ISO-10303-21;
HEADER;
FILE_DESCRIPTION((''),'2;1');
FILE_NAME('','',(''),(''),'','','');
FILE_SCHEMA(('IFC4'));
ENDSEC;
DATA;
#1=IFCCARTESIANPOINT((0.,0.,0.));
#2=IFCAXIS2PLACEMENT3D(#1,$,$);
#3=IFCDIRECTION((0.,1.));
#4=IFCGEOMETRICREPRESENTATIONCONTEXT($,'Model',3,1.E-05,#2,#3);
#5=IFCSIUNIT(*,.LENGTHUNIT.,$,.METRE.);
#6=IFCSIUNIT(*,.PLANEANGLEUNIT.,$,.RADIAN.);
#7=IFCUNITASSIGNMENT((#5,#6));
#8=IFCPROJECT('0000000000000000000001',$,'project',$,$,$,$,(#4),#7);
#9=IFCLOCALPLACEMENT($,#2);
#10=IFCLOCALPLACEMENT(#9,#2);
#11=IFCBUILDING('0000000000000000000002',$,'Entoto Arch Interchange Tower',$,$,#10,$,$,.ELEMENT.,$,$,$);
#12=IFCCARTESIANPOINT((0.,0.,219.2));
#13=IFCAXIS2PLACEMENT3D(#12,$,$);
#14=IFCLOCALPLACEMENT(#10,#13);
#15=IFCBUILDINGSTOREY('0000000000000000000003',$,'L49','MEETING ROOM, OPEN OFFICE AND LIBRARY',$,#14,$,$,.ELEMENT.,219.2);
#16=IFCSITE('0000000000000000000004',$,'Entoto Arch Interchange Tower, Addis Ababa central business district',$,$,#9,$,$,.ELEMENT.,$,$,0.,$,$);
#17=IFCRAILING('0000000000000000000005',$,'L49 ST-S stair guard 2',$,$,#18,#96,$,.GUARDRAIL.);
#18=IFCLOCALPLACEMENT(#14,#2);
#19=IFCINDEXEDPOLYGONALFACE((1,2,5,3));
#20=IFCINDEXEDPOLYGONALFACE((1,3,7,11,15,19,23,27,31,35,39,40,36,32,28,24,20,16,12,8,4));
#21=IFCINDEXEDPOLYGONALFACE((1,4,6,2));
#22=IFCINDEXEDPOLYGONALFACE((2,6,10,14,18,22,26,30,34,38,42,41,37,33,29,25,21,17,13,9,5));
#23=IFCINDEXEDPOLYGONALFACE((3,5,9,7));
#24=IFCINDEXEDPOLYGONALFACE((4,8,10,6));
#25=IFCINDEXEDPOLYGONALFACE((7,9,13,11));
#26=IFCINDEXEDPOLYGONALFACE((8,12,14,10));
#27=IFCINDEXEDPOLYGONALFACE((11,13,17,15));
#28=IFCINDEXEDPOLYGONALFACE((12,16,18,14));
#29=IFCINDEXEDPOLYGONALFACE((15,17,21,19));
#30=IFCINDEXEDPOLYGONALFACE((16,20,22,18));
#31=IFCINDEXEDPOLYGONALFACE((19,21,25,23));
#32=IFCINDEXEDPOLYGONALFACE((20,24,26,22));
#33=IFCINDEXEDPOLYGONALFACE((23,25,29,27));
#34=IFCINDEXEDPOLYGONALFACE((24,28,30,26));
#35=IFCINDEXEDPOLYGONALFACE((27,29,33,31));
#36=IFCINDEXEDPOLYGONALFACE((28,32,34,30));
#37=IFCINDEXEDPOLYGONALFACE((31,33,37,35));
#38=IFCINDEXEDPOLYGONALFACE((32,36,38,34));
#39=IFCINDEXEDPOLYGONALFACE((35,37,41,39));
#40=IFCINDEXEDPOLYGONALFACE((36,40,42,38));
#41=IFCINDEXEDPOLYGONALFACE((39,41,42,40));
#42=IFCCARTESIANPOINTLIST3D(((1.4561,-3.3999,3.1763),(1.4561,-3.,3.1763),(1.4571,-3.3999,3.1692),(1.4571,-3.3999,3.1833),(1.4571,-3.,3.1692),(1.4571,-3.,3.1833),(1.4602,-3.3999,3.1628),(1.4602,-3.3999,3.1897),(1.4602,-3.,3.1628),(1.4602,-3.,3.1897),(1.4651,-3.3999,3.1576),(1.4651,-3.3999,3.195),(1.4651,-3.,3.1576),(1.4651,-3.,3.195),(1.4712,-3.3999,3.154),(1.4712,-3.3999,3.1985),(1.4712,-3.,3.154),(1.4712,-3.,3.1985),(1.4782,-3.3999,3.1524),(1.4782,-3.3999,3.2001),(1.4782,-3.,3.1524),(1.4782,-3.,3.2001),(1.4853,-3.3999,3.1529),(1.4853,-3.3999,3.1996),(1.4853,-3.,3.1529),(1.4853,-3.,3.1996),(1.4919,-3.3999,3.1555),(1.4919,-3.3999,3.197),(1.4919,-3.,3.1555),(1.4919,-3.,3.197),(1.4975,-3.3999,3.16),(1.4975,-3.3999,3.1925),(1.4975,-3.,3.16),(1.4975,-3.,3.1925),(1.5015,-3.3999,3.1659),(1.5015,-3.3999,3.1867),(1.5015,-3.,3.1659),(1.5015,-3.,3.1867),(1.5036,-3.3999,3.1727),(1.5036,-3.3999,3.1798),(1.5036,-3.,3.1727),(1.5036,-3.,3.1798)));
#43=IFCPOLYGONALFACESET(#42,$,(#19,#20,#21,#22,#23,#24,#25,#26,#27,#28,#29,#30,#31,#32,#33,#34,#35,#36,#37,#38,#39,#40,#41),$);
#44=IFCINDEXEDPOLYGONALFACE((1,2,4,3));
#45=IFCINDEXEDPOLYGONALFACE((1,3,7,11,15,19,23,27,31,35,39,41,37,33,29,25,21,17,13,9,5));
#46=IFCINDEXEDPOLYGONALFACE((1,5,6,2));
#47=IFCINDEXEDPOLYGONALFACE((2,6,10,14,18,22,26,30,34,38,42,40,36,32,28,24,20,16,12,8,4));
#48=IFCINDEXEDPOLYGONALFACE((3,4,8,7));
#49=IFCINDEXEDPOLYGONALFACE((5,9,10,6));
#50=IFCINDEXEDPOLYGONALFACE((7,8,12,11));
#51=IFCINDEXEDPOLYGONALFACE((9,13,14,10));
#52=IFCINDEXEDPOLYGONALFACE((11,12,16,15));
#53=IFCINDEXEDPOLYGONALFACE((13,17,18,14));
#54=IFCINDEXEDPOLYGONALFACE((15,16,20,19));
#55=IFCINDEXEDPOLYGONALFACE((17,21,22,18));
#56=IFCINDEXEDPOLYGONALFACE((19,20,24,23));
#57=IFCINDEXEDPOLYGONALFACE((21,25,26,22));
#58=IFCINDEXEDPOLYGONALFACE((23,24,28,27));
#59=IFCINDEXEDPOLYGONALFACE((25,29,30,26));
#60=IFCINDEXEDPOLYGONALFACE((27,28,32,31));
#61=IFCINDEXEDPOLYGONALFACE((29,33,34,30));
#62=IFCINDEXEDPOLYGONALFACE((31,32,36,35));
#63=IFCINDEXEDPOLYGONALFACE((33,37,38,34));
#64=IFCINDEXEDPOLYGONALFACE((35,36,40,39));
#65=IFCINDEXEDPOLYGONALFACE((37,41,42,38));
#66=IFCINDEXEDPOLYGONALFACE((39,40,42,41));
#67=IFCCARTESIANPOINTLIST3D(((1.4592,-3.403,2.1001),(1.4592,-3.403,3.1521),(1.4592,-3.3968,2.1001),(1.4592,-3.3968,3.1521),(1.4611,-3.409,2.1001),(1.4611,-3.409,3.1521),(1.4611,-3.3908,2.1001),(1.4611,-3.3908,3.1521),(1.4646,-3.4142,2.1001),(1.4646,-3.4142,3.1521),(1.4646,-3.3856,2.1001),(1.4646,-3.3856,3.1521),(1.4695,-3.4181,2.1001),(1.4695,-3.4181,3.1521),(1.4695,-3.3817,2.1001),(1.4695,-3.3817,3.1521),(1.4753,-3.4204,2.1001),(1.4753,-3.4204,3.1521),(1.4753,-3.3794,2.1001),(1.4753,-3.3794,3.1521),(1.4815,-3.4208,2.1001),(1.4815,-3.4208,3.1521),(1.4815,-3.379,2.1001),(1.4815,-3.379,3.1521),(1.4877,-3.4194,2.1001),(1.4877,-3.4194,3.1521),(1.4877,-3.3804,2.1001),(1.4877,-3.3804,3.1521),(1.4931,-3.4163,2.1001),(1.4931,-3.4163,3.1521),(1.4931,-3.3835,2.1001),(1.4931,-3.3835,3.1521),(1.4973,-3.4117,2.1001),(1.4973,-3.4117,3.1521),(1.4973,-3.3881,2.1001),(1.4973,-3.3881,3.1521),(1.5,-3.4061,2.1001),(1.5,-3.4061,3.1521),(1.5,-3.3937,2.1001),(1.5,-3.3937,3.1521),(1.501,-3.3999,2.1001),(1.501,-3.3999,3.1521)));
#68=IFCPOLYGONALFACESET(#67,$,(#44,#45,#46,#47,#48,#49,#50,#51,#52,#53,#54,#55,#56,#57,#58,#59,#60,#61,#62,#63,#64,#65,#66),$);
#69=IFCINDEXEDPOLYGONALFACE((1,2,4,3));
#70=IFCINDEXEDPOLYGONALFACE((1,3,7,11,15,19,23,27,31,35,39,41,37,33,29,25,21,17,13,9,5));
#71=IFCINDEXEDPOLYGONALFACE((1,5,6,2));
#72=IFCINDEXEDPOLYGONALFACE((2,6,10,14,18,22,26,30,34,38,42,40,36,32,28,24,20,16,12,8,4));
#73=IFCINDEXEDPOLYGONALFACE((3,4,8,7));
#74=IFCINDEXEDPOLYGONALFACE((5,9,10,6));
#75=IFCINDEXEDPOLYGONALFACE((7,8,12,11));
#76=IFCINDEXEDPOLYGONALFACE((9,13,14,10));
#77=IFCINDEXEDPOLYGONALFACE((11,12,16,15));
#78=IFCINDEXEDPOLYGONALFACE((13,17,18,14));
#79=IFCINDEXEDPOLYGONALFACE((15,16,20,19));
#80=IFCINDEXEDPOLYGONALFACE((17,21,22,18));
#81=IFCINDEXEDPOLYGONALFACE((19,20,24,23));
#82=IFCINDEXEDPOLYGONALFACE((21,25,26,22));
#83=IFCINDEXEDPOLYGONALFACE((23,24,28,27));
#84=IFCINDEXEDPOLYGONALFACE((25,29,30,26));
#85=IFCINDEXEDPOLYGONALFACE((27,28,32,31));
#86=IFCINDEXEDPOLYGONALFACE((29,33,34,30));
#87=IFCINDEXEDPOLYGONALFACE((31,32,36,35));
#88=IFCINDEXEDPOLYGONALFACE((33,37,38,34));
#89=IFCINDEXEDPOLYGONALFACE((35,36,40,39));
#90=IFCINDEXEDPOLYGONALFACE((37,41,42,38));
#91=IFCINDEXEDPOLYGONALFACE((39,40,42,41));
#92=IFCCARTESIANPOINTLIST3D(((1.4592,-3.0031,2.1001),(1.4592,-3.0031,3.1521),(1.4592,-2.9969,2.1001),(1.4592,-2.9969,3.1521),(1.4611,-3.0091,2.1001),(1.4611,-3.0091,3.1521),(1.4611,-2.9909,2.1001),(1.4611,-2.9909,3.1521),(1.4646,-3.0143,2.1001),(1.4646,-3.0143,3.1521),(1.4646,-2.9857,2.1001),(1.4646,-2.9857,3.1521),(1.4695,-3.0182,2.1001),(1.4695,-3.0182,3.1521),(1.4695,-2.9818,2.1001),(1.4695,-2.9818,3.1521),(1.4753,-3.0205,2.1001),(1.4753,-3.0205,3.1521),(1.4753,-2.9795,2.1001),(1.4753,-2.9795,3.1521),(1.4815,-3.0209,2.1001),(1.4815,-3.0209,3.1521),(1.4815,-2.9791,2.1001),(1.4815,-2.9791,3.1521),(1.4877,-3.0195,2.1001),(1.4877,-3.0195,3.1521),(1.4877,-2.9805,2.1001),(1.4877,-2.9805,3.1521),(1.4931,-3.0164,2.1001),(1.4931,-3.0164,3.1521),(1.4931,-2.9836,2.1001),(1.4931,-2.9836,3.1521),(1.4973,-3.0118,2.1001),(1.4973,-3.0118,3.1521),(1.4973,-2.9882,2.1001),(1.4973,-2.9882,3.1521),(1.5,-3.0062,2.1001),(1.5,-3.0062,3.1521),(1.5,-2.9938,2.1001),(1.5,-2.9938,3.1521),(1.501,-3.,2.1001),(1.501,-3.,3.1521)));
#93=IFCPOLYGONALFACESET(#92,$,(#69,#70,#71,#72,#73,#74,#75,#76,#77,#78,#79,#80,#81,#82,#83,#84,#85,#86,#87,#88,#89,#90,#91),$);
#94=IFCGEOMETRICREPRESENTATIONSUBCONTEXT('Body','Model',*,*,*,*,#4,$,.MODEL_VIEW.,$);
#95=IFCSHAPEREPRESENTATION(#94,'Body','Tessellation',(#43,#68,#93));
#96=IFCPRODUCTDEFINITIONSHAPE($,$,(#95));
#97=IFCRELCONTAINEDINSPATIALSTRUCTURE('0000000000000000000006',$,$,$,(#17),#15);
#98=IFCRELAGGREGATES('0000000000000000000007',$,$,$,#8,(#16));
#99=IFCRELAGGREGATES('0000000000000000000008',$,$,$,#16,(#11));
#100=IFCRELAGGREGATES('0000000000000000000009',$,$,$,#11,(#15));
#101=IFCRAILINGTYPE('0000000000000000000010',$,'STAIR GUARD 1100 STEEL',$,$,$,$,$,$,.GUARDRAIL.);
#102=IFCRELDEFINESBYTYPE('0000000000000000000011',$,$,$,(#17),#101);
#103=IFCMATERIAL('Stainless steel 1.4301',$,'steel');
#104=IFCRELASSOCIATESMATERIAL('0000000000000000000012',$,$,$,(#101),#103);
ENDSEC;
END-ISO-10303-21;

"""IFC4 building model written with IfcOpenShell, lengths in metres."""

from ifc_helpers import new_model, si_unit, direction, frame, origin, origin_2d, place, context, subcontext, project, spatial, circle, extrude, material, type_object, element, save


model = new_model("IFC4")

# Units and contexts
model_context = context("Model", 3, precision=1e-05, world=origin(), true_north=direction((0.0, 1.0)))
body_context = subcontext(model_context, "Body", "Model", "MODEL_VIEW")
ifc_project = project(units=[si_unit("LENGTHUNIT", "METRE"), si_unit("PLANEANGLEUNIT", "RADIAN")], contexts=[model_context])

# Site, building, storey
site_placement = place(None, origin())
site = spatial("IfcSite", under=ifc_project, at=site_placement, Name="Entoto Arch Interchange Tower, Addis Ababa central business district", CompositionType="ELEMENT", RefElevation=0.0)
building_placement = place(site_placement, origin())
building = spatial("IfcBuilding", under=site, at=building_placement, Name="Entoto Arch Interchange Tower", CompositionType="ELEMENT")
storey_placement = place(building_placement, frame((0.0, 0.0, 219.2)))
storey = spatial("IfcBuildingStorey", under=building, at=storey_placement, Name="L49", Description="MEETING ROOM, OPEN OFFICE AND LIBRARY", CompositionType="ELEMENT", Elevation=219.2)

# Railing
ifc_material_1 = material(Name="Stainless steel 1.4301", Category="steel")
railing_type_1 = type_object("IfcRailingType", Name="STAIR GUARD 1100 STEEL", PredefinedType="GUARDRAIL", material=ifc_material_1)
railing_1_placement = place(storey_placement, frame((1.48, -3.3999, 2.1001)))
element("IfcRailing", 1, at=railing_1_placement, inside=storey, type_object=railing_type_1, Name="L49 ST-S stair guard 2", PredefinedType="GUARDRAIL", context=body_context, shape_type="SweptSolid", body=[
    extrude(circle(Radius=0.0239, at=origin_2d()), frame((0.0, 0.0, 1.0762), z_axis=(0.0, 1.0, 0.0), x_axis=(-1.0, 0.0, 0.0)), (0.0, 0.0, 1.0), 0.3999),
    extrude(circle(Radius=0.021, at=origin_2d()), origin(), (0.0, 0.0, 1.0), 1.052),
    extrude(circle(Radius=0.021, at=origin_2d()), frame((0.0, 0.3999, 0.0)), (0.0, 0.0, 1.0), 1.052),
])

save(model, "model.ifc")
